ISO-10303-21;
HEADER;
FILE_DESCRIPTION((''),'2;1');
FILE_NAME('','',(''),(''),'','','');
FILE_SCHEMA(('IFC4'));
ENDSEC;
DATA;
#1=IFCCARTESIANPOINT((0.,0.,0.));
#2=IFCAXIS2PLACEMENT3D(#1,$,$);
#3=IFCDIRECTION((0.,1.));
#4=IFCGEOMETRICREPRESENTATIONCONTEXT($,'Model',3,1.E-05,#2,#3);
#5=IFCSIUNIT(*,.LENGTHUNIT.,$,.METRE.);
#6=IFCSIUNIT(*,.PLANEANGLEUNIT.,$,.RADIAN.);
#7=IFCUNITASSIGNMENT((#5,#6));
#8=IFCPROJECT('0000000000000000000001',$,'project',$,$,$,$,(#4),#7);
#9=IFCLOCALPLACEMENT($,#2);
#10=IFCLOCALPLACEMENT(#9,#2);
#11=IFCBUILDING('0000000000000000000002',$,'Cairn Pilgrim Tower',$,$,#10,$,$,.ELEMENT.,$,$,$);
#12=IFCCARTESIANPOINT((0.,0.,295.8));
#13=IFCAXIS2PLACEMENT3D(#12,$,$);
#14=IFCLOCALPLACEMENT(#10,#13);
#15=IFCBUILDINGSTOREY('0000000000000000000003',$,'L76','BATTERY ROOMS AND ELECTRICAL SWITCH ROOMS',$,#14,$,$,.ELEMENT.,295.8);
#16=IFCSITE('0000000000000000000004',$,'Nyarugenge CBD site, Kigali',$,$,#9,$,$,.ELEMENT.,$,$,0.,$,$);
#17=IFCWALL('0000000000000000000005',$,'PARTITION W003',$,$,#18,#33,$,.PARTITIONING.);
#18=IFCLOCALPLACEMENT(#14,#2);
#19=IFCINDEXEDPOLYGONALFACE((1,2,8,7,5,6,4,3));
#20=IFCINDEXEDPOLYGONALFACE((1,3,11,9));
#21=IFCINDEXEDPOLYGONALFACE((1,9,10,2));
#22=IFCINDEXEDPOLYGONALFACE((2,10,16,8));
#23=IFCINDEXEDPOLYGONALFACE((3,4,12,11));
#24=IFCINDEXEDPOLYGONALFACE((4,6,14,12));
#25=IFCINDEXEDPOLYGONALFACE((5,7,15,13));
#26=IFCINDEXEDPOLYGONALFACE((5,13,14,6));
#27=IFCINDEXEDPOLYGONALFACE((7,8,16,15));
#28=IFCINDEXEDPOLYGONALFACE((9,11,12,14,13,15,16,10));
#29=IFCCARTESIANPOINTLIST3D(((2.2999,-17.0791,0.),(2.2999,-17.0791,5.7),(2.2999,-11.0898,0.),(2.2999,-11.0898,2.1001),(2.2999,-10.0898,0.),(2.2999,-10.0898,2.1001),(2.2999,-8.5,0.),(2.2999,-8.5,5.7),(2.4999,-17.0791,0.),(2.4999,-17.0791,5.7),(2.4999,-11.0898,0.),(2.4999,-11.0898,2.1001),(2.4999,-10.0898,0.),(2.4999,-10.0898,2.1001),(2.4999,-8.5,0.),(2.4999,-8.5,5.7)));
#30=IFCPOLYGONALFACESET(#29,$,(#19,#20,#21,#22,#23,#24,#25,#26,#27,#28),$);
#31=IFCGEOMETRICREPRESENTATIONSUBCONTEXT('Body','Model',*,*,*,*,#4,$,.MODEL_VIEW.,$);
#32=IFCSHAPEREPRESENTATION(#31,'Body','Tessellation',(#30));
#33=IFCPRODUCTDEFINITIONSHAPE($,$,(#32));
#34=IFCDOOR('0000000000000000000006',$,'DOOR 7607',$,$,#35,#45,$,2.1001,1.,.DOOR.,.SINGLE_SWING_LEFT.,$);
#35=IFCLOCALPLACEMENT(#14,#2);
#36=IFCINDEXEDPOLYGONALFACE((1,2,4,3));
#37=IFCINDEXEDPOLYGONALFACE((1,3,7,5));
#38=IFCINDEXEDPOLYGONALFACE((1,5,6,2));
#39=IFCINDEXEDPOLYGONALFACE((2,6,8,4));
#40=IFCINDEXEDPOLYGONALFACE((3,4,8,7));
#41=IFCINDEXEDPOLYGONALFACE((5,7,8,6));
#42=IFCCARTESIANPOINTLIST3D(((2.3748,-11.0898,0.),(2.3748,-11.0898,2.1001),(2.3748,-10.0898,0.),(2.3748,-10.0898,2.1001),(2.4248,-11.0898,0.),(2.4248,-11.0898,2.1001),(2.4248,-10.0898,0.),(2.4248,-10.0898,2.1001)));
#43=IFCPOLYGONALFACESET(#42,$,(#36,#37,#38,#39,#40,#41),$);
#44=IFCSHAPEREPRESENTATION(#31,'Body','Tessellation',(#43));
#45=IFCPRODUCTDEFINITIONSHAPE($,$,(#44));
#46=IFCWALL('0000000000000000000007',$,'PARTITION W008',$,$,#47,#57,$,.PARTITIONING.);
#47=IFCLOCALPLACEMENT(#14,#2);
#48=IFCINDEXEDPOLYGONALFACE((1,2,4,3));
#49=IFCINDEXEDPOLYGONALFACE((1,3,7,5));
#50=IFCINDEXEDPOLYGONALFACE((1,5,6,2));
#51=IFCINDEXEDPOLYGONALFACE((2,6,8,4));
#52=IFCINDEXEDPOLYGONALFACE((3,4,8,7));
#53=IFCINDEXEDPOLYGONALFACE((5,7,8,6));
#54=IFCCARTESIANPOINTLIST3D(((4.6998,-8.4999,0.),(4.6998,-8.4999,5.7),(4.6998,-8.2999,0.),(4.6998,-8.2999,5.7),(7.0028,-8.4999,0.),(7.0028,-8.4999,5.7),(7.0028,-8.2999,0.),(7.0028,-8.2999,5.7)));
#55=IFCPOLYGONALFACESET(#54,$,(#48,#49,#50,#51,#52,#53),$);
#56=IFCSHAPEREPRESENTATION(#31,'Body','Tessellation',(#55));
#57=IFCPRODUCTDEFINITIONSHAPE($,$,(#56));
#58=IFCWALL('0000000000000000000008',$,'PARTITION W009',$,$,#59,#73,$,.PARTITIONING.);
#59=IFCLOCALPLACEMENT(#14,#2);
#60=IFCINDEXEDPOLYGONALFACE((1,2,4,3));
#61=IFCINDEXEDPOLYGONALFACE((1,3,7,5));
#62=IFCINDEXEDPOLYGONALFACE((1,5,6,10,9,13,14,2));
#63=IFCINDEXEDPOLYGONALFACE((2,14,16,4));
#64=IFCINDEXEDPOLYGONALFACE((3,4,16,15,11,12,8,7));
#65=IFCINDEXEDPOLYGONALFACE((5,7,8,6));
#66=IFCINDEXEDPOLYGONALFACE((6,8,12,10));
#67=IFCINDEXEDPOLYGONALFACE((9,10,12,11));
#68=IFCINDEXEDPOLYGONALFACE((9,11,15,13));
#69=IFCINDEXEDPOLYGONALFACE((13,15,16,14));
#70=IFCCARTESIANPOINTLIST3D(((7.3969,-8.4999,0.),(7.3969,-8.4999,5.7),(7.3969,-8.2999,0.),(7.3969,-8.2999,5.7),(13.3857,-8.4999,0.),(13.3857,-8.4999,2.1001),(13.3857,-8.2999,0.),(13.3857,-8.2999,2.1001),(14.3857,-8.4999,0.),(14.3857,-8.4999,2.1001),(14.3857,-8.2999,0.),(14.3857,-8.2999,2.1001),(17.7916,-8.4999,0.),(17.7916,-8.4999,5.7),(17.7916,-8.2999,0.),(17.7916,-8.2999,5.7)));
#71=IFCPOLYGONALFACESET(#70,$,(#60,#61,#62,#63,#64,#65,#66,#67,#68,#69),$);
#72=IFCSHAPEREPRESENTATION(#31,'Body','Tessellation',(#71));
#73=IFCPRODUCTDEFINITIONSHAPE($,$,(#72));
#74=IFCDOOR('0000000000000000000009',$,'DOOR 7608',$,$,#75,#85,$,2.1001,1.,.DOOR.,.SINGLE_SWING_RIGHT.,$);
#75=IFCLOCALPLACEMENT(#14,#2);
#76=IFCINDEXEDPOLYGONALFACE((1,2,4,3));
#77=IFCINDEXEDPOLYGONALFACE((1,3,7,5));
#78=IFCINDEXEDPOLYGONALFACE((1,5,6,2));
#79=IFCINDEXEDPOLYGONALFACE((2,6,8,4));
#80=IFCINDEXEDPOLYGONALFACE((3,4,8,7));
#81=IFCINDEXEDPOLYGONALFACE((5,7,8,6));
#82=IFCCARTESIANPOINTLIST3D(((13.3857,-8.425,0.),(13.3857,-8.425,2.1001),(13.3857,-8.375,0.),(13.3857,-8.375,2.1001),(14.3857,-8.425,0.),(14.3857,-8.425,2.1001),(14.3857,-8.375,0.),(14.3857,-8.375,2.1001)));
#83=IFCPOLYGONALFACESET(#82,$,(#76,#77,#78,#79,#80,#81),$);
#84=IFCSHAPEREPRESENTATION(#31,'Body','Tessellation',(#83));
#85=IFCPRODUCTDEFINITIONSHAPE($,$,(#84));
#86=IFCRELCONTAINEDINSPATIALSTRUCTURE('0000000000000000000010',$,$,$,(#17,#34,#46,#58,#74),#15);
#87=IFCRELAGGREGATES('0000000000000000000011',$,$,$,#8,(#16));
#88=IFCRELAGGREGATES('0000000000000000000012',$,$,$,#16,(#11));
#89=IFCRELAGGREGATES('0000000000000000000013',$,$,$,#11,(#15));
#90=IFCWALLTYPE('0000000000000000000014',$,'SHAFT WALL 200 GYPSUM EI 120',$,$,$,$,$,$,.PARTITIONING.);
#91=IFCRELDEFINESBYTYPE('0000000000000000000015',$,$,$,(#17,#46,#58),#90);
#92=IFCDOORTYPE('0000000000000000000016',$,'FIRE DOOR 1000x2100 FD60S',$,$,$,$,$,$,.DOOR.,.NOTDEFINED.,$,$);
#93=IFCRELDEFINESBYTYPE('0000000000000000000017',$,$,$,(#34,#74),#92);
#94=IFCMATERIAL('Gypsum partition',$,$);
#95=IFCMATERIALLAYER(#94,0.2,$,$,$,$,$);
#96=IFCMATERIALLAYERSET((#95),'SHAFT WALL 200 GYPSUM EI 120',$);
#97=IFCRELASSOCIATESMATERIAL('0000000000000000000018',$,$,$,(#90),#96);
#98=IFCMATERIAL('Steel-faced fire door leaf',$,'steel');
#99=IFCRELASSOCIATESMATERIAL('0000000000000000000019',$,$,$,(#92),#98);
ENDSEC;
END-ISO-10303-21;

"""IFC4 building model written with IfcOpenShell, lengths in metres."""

from ifc_helpers import new_model, si_unit, direction, frame, frame_2d, origin, place, context, subcontext, project, spatial, rectangle, extrude, material, layer, layer_set, type_object, element, fill, save


model = new_model("IFC4")

# Units and contexts
model_context = context("Model", 3, precision=1e-05, world=origin(), true_north=direction((0.0, 1.0)))
body_context = subcontext(model_context, "Body", "Model", "MODEL_VIEW")
ifc_project = project(units=[si_unit("LENGTHUNIT", "METRE"), si_unit("PLANEANGLEUNIT", "RADIAN")], contexts=[model_context])

# Site, building, storey
site_placement = place(None, origin())
site = spatial("IfcSite", under=ifc_project, at=site_placement, Name="Nyarugenge CBD site, Kigali", CompositionType="ELEMENT", RefElevation=0.0)
building_placement = place(site_placement, origin())
building = spatial("IfcBuilding", under=site, at=building_placement, Name="Cairn Pilgrim Tower", CompositionType="ELEMENT")
storey_placement = place(building_placement, frame((0.0, 0.0, 295.8)))
storey = spatial("IfcBuildingStorey", under=building, at=storey_placement, Name="L76", Description="BATTERY ROOMS AND ELECTRICAL SWITCH ROOMS", CompositionType="ELEMENT", Elevation=295.8)

# Shared definitions
ifc_material_1 = material(Name="Gypsum partition")
ifc_layer_1 = layer(ifc_material_1, 0.2)
ifc_layer_set_1 = layer_set([ifc_layer_1], Name="SHAFT WALL 200 GYPSUM EI 120")
wall_type_1 = type_object("IfcWallType", Name="SHAFT WALL 200 GYPSUM EI 120", PredefinedType="PARTITIONING", material=ifc_layer_set_1)

# Wall, opening, door
wall_1_placement = place(storey_placement, frame((2.3999, -17.0791, 0.0), z_axis=(0.0, 0.0, 1.0), x_axis=(0.0, 1.0, 0.0)))
wall_1 = element("IfcWall", 1, at=wall_1_placement, inside=storey, type_object=wall_type_1, Name="PARTITION W003", PredefinedType="PARTITIONING", context=body_context, shape_type="SweptSolid", body=[
    extrude(rectangle(XDim=8.5791, YDim=0.2, at=frame_2d((4.2896, 0.0))), origin(), (0.0, 0.0, 1.0), 5.7),
])
opening_1_placement = place(wall_1_placement, frame((5.9893, 0.0, 0.0)))
opening_1 = element("IfcOpeningElement", 2, at=opening_1_placement, cuts=wall_1, PredefinedType="OPENING", context=body_context, shape_type="SweptSolid", body=[
    extrude(rectangle(XDim=1.0, YDim=2.1001, at=frame_2d((0.5, 1.05))), frame((0.0, 0.1099, 0.0), z_axis=(0.0, -1.0, 0.0), x_axis=(1.0, 0.0, 0.0)), (0.0, 0.0, 1.0), 0.22),
])
ifc_material_2 = material(Name="Steel-faced fire door leaf", Category="steel")
door_type = type_object("IfcDoorType", Name="FIRE DOOR 1000x2100 FD60S", OperationType="NOTDEFINED", PredefinedType="DOOR", material=ifc_material_2)
door_1_placement = place(opening_1_placement, frame((1.0, 0.0, 0.0), z_axis=(0.0, 0.0, 1.0), x_axis=(-1.0, 0.0, 0.0)))
door_1 = element("IfcDoor", 3, at=door_1_placement, inside=storey, type_object=door_type, Name="DOOR 7607", OperationType="SINGLE_SWING_LEFT", OverallHeight=2.1001, OverallWidth=1.0, PredefinedType="DOOR", context=body_context, shape_type="SweptSolid", body=[
    extrude(rectangle(XDim=1.0, YDim=2.1001, at=frame_2d((0.5, 1.05))), frame((0.0, 0.0249, 0.0), z_axis=(0.0, -1.0, 0.0), x_axis=(1.0, 0.0, 0.0)), (0.0, 0.0, 1.0), 0.05),
])
fill(opening_1, door_1)

# Wall
wall_2_placement = place(storey_placement, frame((4.7, -8.3999, 0.0), z_axis=(0.0, 0.0, 1.0), x_axis=(1.0, 0.0, 0.0)))
element("IfcWall", 4, at=wall_2_placement, inside=storey, type_object=wall_type_1, Name="PARTITION W008", PredefinedType="PARTITIONING", context=body_context, shape_type="SweptSolid", body=[
    extrude(rectangle(XDim=2.303, YDim=0.2, at=frame_2d((1.1514, 0.0))), origin(), (0.0, 0.0, 1.0), 5.7),
])

# Wall, opening, door
wall_3_placement = place(storey_placement, frame((7.397, -8.3999, 0.0), z_axis=(0.0, 0.0, 1.0), x_axis=(1.0, 0.0, 0.0)))
wall_3 = element("IfcWall", 5, at=wall_3_placement, inside=storey, type_object=wall_type_1, Name="PARTITION W009", PredefinedType="PARTITIONING", context=body_context, shape_type="SweptSolid", body=[
    extrude(rectangle(XDim=10.3948, YDim=0.2, at=frame_2d((5.1973, 0.0))), origin(), (0.0, 0.0, 1.0), 5.7),
])
opening_2_placement = place(wall_3_placement, frame((5.9888, 0.0, 0.0)))
opening_2 = element("IfcOpeningElement", 6, at=opening_2_placement, cuts=wall_3, PredefinedType="OPENING", context=body_context, shape_type="SweptSolid", body=[
    extrude(rectangle(XDim=1.0, YDim=2.1001, at=frame_2d((0.5, 1.05))), frame((0.0, 0.1099, 0.0), z_axis=(0.0, -1.0, 0.0), x_axis=(1.0, 0.0, 0.0)), (0.0, 0.0, 1.0), 0.22),
])
door_2_placement = place(opening_2_placement, origin())
door_2 = element("IfcDoor", 7, at=door_2_placement, inside=storey, type_object=door_type, Name="DOOR 7608", OperationType="SINGLE_SWING_RIGHT", OverallHeight=2.1001, OverallWidth=1.0, PredefinedType="DOOR", context=body_context, shape_type="SweptSolid", body=[
    extrude(rectangle(XDim=1.0, YDim=2.1001, at=frame_2d((0.5, 1.05))), frame((0.0, 0.0249, 0.0), z_axis=(0.0, -1.0, 0.0), x_axis=(1.0, 0.0, 0.0)), (0.0, 0.0, 1.0), 0.05),
])
fill(opening_2, door_2)

save(model, "model.ifc")
